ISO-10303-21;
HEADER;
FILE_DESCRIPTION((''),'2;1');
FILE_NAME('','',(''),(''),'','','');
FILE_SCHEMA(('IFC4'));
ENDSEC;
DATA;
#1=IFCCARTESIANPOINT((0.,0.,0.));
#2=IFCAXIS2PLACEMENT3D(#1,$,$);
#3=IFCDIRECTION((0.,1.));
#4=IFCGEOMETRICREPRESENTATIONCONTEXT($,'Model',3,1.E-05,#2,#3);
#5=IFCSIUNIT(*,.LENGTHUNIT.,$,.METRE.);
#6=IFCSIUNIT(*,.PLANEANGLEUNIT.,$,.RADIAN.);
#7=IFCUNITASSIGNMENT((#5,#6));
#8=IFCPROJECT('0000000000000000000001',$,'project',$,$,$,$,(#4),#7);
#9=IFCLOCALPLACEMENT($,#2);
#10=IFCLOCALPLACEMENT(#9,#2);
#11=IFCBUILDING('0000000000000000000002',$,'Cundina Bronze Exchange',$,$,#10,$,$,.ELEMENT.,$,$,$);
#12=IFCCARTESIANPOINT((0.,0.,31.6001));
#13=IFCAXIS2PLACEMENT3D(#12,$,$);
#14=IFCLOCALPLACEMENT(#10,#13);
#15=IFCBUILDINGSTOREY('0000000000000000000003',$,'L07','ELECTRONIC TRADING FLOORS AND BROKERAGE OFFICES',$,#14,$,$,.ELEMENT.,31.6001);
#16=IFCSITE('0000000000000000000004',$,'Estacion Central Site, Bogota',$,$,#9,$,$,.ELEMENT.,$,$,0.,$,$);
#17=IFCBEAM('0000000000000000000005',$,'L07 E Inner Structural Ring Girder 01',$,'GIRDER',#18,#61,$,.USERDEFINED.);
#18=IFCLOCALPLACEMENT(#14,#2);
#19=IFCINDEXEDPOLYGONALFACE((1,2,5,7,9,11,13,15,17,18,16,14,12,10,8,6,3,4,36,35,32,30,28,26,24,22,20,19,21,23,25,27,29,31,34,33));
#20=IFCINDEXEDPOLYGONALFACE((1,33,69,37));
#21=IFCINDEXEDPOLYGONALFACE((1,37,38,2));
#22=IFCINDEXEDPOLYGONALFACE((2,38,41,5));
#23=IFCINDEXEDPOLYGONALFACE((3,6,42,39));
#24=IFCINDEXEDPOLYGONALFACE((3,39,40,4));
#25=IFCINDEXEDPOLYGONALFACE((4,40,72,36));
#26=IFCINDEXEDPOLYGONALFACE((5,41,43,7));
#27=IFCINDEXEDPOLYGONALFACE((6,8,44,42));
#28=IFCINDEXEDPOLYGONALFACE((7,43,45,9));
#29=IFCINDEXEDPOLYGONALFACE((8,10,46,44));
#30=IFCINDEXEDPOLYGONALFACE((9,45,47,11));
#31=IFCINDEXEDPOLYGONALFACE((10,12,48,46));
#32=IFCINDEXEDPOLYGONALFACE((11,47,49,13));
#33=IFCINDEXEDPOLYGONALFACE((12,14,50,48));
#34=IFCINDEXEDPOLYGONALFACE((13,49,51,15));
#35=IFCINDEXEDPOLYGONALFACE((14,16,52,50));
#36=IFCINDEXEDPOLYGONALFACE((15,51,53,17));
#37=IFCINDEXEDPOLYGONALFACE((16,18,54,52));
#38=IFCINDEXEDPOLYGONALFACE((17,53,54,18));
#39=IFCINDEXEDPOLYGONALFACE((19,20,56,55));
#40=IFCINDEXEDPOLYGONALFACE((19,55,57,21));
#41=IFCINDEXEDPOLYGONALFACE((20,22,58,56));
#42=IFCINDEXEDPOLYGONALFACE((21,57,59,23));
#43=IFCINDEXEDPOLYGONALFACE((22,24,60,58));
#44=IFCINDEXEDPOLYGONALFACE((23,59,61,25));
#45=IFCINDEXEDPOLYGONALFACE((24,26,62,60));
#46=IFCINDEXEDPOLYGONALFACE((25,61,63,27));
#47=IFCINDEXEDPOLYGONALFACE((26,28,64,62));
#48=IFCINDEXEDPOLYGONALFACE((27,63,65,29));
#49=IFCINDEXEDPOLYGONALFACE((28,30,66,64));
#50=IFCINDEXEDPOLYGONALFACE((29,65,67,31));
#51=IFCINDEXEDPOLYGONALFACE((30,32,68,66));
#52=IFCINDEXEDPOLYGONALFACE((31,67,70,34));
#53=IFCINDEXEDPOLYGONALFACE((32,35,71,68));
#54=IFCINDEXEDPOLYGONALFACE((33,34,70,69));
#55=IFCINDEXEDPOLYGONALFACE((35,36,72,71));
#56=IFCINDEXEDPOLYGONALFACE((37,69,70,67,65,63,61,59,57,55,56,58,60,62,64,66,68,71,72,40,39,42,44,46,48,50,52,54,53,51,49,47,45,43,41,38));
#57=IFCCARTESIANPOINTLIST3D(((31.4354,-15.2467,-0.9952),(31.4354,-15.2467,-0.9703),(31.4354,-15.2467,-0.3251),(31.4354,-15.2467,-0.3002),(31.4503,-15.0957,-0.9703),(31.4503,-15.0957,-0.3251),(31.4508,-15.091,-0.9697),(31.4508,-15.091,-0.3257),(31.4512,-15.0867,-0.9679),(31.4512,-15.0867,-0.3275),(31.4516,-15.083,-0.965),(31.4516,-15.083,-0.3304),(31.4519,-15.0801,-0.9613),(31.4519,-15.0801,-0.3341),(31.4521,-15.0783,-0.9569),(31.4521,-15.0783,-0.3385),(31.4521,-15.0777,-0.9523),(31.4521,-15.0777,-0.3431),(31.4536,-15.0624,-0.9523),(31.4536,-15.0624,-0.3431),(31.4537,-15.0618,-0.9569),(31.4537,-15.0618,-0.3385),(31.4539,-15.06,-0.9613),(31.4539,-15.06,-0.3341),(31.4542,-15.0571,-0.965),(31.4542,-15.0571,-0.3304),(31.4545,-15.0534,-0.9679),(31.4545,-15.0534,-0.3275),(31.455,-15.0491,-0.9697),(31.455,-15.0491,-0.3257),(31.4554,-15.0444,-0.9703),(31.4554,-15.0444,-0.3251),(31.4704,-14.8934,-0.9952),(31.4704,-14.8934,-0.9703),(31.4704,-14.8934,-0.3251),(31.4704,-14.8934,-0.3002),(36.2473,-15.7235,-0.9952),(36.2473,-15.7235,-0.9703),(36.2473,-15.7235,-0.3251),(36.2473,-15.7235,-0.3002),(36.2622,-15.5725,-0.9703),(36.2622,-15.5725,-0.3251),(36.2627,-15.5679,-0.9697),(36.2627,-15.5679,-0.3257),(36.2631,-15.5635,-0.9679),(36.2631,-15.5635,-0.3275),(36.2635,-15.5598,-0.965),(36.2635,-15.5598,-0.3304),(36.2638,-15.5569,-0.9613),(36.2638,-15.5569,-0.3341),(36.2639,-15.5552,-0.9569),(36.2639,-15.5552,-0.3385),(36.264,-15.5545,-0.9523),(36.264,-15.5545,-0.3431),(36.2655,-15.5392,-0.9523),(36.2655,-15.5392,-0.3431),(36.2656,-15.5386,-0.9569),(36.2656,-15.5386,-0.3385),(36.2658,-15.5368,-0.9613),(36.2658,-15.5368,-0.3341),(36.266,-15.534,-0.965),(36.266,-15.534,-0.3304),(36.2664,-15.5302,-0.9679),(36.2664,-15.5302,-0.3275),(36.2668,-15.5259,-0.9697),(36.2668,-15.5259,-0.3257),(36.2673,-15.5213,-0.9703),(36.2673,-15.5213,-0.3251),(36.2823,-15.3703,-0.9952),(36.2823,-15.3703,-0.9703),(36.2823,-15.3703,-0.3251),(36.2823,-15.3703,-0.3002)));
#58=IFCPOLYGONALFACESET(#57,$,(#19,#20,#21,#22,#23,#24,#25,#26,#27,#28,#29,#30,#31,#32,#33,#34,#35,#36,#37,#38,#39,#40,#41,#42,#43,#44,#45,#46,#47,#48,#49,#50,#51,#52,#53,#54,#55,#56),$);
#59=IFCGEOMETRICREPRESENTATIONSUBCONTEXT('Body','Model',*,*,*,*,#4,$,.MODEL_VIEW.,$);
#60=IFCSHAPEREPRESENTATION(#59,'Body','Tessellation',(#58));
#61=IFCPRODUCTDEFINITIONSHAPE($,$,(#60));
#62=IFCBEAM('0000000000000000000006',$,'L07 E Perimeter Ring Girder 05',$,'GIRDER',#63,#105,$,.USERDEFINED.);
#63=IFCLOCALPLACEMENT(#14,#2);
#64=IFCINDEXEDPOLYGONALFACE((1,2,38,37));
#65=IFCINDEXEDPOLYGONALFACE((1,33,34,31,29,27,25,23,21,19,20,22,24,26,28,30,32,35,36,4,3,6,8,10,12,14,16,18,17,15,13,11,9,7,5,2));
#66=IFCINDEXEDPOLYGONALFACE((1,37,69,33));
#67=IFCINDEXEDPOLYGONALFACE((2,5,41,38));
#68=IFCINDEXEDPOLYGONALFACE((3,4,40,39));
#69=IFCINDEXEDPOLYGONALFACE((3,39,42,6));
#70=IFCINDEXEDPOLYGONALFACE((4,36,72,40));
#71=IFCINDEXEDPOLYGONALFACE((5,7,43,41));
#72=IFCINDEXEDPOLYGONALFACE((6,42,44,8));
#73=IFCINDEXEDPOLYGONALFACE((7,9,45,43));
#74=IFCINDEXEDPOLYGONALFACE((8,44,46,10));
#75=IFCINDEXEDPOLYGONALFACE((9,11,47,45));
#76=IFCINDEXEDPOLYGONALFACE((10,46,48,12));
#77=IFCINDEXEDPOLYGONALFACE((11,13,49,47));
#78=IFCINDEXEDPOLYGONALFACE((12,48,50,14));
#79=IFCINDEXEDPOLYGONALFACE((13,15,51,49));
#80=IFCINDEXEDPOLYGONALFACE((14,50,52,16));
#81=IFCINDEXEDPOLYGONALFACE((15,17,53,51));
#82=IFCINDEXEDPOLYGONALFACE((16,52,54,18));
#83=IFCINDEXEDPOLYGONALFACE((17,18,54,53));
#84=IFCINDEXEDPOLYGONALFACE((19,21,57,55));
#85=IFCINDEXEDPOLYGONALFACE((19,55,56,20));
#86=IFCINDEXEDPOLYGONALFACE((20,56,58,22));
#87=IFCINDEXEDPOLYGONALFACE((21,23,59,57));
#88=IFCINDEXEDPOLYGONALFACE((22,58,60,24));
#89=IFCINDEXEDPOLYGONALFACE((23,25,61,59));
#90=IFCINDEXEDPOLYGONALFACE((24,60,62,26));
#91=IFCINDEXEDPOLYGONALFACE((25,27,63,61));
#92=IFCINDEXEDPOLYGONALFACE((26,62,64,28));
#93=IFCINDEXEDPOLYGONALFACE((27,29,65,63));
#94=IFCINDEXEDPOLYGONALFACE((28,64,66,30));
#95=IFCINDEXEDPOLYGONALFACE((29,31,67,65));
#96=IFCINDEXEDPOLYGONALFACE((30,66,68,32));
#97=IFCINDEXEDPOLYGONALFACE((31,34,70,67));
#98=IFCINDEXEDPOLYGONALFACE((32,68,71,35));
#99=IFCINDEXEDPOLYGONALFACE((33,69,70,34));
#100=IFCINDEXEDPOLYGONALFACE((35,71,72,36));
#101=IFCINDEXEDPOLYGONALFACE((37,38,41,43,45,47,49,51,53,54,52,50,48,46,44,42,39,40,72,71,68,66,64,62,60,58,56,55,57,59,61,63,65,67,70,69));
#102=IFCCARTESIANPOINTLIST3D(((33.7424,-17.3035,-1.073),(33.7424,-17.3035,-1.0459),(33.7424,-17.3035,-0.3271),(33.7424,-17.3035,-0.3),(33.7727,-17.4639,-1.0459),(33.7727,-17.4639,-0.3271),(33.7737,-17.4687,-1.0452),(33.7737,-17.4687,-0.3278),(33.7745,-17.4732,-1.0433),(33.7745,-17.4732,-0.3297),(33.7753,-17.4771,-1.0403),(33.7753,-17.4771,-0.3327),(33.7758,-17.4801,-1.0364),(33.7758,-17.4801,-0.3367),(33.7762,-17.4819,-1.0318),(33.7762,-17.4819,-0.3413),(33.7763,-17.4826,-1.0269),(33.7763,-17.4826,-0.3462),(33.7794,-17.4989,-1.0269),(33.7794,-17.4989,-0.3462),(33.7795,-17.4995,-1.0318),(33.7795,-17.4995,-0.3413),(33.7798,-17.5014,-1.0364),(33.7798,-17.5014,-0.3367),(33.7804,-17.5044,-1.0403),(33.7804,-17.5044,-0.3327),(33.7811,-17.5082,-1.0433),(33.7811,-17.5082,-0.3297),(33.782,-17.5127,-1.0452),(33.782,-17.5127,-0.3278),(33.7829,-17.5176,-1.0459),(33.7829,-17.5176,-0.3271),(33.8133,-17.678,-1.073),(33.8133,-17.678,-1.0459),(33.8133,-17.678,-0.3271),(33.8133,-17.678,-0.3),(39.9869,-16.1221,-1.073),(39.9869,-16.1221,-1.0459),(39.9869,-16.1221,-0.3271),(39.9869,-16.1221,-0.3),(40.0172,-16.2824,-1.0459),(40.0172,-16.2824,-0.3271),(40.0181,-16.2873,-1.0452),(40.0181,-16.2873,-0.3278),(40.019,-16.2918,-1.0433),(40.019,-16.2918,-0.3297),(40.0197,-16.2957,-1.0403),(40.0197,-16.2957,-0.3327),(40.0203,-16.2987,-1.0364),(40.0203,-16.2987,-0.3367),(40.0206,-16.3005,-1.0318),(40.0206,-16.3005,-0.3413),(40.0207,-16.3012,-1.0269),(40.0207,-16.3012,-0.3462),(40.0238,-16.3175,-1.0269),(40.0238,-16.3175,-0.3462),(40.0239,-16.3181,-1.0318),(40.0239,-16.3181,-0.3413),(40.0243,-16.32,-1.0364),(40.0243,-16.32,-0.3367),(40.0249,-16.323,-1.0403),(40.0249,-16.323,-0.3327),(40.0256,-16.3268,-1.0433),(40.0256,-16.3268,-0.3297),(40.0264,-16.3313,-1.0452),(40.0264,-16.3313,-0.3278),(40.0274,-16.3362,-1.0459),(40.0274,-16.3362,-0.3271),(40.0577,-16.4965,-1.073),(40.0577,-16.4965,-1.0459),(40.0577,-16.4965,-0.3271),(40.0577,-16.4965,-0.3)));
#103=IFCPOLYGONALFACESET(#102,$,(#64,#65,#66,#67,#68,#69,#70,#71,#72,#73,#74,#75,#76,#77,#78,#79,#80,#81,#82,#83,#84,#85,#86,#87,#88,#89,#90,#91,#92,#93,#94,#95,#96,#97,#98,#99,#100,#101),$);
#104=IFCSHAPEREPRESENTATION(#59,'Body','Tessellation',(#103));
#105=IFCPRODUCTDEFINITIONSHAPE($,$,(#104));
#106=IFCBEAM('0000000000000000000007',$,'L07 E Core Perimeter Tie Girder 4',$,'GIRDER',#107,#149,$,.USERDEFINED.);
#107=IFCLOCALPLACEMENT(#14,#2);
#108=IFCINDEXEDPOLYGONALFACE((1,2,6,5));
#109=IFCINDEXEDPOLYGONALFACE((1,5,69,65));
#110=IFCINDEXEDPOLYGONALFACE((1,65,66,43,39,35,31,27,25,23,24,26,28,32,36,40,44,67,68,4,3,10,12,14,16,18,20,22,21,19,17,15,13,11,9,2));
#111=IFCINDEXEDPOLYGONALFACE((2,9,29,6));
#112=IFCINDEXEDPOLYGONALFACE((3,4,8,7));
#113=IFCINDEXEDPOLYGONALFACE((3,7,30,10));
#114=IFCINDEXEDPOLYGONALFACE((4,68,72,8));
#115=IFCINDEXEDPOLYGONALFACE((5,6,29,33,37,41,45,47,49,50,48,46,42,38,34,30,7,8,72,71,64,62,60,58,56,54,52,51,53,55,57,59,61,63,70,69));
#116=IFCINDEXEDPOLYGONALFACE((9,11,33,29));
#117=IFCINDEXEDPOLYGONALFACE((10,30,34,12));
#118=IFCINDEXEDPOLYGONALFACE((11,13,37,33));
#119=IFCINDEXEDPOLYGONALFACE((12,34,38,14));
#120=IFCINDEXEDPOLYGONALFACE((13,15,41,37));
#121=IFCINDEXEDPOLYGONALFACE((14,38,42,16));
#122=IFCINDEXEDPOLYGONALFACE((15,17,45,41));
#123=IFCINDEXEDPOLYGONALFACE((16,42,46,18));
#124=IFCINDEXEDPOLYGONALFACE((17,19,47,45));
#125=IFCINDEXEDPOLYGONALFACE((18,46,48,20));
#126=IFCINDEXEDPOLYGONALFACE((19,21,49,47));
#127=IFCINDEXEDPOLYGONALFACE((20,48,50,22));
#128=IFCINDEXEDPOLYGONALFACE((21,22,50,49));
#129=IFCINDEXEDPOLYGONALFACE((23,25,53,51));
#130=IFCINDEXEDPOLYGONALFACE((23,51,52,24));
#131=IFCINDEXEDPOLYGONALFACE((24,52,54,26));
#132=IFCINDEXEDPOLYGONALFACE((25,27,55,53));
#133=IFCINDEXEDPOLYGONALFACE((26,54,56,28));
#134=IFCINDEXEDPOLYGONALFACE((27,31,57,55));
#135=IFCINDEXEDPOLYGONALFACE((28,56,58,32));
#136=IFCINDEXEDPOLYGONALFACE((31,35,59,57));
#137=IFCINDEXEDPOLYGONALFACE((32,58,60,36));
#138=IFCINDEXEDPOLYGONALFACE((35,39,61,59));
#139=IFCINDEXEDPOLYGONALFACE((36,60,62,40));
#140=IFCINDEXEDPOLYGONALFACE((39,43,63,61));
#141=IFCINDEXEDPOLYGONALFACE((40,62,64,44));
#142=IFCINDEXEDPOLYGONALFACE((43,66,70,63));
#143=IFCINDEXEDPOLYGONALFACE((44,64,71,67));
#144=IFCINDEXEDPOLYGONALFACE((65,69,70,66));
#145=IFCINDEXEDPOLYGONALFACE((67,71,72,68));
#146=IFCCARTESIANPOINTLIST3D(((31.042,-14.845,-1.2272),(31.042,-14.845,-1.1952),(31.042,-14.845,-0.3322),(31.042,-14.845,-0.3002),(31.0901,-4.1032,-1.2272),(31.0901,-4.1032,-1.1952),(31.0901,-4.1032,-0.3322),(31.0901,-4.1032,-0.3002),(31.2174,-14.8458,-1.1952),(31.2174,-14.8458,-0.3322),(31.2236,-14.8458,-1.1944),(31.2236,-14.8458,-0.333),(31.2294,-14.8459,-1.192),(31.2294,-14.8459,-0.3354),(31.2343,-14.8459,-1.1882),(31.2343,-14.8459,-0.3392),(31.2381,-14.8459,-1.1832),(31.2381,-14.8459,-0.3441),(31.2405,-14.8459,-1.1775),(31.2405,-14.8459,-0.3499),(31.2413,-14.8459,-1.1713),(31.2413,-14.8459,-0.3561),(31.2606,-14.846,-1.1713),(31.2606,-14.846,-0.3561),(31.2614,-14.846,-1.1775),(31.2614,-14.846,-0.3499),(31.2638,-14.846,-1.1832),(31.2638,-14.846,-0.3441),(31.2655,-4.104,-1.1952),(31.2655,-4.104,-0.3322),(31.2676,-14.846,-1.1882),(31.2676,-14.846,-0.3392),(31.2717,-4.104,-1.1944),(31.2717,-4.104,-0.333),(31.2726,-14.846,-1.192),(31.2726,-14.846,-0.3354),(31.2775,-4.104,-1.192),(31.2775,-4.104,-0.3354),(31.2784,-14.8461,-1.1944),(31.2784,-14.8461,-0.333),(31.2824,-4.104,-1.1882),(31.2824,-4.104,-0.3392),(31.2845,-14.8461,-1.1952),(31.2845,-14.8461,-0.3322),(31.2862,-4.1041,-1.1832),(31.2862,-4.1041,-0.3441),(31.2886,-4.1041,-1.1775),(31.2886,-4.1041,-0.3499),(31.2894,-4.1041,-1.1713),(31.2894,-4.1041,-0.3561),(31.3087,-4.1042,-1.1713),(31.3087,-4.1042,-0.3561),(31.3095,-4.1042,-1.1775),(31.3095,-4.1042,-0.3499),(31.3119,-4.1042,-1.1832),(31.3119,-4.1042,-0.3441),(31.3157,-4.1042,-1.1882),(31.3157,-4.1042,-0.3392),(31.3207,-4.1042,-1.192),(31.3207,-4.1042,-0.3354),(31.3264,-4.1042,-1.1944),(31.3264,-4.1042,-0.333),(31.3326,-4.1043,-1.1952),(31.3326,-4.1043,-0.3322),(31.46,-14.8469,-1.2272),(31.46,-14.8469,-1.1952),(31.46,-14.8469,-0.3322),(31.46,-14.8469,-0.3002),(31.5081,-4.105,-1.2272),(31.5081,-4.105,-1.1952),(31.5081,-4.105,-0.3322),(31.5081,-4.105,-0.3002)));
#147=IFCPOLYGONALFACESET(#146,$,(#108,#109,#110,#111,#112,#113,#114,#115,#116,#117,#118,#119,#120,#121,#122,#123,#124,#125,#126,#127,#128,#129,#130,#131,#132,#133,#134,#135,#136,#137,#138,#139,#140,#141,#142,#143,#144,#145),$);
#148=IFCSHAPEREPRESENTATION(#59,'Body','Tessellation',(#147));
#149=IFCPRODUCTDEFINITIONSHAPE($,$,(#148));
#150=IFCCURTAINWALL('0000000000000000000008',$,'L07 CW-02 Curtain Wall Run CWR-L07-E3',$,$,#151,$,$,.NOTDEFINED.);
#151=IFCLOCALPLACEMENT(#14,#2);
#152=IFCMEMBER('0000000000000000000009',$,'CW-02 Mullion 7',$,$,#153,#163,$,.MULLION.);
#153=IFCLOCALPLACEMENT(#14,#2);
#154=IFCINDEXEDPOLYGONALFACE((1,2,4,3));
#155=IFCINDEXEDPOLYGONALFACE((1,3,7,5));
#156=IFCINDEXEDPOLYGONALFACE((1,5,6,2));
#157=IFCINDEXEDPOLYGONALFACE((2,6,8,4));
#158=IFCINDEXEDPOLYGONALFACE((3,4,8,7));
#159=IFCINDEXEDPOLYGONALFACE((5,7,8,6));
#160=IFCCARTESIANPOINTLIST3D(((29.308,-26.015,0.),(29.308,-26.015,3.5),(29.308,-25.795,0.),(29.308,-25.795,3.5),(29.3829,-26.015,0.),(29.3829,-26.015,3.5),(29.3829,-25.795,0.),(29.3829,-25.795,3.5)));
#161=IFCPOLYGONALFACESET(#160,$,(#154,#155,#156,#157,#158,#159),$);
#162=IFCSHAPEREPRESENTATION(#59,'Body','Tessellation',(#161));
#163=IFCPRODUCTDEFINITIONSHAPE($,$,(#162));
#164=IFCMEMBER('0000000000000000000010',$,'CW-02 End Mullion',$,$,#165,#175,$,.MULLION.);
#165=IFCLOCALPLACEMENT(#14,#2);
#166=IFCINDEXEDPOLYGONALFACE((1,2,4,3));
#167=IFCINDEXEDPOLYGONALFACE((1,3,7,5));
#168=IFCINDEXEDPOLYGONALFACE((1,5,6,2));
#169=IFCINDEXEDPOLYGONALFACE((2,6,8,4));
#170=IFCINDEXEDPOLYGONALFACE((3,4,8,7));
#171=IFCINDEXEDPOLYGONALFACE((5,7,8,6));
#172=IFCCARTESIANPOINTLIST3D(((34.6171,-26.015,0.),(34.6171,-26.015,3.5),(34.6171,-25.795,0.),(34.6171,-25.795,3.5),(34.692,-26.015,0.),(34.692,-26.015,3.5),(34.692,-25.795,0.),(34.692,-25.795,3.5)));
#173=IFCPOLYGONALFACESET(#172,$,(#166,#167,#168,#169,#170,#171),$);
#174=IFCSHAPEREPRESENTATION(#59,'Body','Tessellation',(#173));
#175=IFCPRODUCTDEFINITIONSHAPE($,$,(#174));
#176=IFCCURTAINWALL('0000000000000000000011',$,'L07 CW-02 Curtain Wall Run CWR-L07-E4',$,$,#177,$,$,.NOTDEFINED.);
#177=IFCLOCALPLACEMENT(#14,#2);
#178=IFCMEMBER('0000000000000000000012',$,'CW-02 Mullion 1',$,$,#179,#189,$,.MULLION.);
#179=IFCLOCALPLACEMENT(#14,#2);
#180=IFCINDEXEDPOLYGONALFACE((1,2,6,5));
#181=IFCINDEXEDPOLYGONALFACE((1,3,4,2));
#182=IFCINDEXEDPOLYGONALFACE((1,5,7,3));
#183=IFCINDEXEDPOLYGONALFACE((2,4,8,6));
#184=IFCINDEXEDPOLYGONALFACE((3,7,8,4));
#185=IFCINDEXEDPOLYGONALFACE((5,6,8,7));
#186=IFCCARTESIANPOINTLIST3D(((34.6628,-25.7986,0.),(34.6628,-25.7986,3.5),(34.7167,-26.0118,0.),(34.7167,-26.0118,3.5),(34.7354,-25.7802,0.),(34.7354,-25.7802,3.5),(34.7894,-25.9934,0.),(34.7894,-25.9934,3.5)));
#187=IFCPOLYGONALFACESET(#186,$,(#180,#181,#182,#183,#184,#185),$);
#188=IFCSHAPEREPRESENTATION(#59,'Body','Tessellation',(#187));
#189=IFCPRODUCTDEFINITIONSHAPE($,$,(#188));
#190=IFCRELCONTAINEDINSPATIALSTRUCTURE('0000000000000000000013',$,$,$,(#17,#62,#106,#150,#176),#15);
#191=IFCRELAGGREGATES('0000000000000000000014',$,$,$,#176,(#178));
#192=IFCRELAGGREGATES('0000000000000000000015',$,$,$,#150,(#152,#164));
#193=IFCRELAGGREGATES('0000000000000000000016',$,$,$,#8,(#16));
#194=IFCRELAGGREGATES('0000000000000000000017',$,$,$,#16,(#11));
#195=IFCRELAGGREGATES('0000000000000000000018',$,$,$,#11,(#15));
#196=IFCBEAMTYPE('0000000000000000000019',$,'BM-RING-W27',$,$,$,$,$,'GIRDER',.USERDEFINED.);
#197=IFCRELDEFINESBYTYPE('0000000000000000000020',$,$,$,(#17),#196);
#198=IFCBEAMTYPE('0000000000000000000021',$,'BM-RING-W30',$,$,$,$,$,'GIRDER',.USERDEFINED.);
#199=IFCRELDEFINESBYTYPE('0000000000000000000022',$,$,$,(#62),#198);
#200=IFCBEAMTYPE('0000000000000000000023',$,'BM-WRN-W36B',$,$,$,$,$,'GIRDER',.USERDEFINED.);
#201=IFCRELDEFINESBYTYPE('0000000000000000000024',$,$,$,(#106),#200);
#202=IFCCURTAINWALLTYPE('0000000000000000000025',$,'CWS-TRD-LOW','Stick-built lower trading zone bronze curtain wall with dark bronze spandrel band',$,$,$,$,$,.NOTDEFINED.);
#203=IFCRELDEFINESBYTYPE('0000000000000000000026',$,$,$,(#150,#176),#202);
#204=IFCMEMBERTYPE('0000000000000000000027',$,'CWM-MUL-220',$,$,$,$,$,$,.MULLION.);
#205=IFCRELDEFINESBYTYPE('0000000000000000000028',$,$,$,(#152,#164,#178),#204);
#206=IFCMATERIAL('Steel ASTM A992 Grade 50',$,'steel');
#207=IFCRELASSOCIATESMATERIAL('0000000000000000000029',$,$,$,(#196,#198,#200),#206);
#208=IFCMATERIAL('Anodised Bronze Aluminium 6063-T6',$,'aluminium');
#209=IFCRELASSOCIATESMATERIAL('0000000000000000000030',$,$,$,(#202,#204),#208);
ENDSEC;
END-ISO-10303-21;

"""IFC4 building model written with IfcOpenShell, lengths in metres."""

from ifc_helpers import new_model, si_unit, direction, frame, origin, origin_2d, place, context, subcontext, project, spatial, rectangle, i_section, extrude, material, material_profile, profile_set, type_object, element, aggregate, save


model = new_model("IFC4")

# Units and contexts
model_context = context("Model", 3, precision=1e-05, world=origin(), true_north=direction((0.0, 1.0)))
body_context = subcontext(model_context, "Body", "Model", "MODEL_VIEW")
ifc_project = project(units=[si_unit("LENGTHUNIT", "METRE"), si_unit("PLANEANGLEUNIT", "RADIAN")], contexts=[model_context])

# Site, building, storey
site_placement = place(None, origin())
site = spatial("IfcSite", under=ifc_project, at=site_placement, Name="Estacion Central Site, Bogota", CompositionType="ELEMENT", RefElevation=0.0)
building_placement = place(site_placement, origin())
building = spatial("IfcBuilding", under=site, at=building_placement, Name="Cundina Bronze Exchange", CompositionType="ELEMENT")
storey_placement = place(building_placement, frame((0.0, 0.0, 31.6001)))
storey = spatial("IfcBuildingStorey", under=building, at=storey_placement, Name="L07", Description="ELECTRONIC TRADING FLOORS AND BROKERAGE OFFICES", CompositionType="ELEMENT", Elevation=31.6001)

# Shared definitions
ifc_material_1 = material(Name="Steel ASTM A992 Grade 50", Category="steel")

# Beams
ifc_material_profile_1 = material_profile(ifc_material_1, i_section(OverallWidth=0.355, OverallDepth=0.6951, WebThickness=0.0154, FlangeThickness=0.0249, FilletRadius=0.0181, at=origin_2d()), Name="W27X146", Category="steel")
ifc_profile_set_1 = profile_set([ifc_material_profile_1], Name="Steel ASTM A992 Grade 50")
beam_type_1 = type_object("IfcBeamType", Name="BM-RING-W27", ElementType="GIRDER", PredefinedType="USERDEFINED", material=ifc_profile_set_1)
beam_1_placement = place(storey_placement, frame((31.4529, -15.0701, -0.6477), z_axis=(0.995126, -0.098609, 0.0), x_axis=(0.098609, 0.995126, 0.0)))
element("IfcBeam", 1, at=beam_1_placement, inside=storey, type_object=beam_type_1, Name="L07 E Inner Structural Ring Girder 01", ObjectType="GIRDER", PredefinedType="USERDEFINED", context=body_context, shape_type="SweptSolid", body=[
    extrude(i_section(OverallWidth=0.355, OverallDepth=0.6951, WebThickness=0.0154, FlangeThickness=0.0249, FilletRadius=0.0181, at=origin_2d()), origin(), (0.0, 0.0, 1.0), 4.8354),
])
ifc_material_profile_2 = material_profile(ifc_material_1, i_section(OverallWidth=0.3811, OverallDepth=0.7729, WebThickness=0.0166, FlangeThickness=0.0271, FilletRadius=0.019, at=origin_2d()), Name="W30X173", Category="steel")
ifc_profile_set_2 = profile_set([ifc_material_profile_2], Name="Steel ASTM A992 Grade 50")
beam_type_2 = type_object("IfcBeamType", Name="BM-RING-W30", ElementType="GIRDER", PredefinedType="USERDEFINED", material=ifc_profile_set_2)
beam_2_placement = place(storey_placement, frame((33.7778, -17.4907, -0.6865), z_axis=(0.982569, 0.185896, 0.0), x_axis=(-0.185896, 0.982569, 0.0)))
element("IfcBeam", 2, at=beam_2_placement, inside=storey, type_object=beam_type_2, Name="L07 E Perimeter Ring Girder 05", ObjectType="GIRDER", PredefinedType="USERDEFINED", context=body_context, shape_type="SweptSolid", body=[
    extrude(i_section(OverallWidth=0.3811, OverallDepth=0.7729, WebThickness=0.0166, FlangeThickness=0.0271, FilletRadius=0.019, at=origin_2d()), origin(), (0.0, 0.0, 1.0), 6.3552),
])
ifc_material_profile_3 = material_profile(ifc_material_1, i_section(OverallWidth=0.418, OverallDepth=0.927, WebThickness=0.0193, FlangeThickness=0.032, FilletRadius=0.0239, at=origin_2d()), Name="W36X231", Category="steel")
ifc_profile_set_3 = profile_set([ifc_material_profile_3], Name="Steel ASTM A992 Grade 50")
beam_type_3 = type_object("IfcBeamType", Name="BM-WRN-W36B", ElementType="GIRDER", PredefinedType="USERDEFINED", material=ifc_profile_set_3)
beam_3_placement = place(storey_placement, frame((31.251, -14.8459, -0.7637), z_axis=(0.004477, 0.99999, 0.0), x_axis=(-0.99999, 0.004477, 0.0)))
element("IfcBeam", 3, at=beam_3_placement, inside=storey, type_object=beam_type_3, Name="L07 E Core Perimeter Tie Girder 4", ObjectType="GIRDER", PredefinedType="USERDEFINED", context=body_context, shape_type="SweptSolid", body=[
    extrude(i_section(OverallWidth=0.418, OverallDepth=0.927, WebThickness=0.0193, FlangeThickness=0.032, FilletRadius=0.0239, at=origin_2d()), origin(), (0.0, 0.0, 1.0), 10.7419),
])

# Curtain wall, members
ifc_material_2 = material(Name="Anodised Bronze Aluminium 6063-T6", Category="aluminium")
curtain_wall_type = type_object("IfcCurtainWallType", Name="CWS-TRD-LOW", Description="Stick-built lower trading zone bronze curtain wall with dark bronze spandrel band", PredefinedType="NOTDEFINED", material=ifc_material_2)
curtain_wall_1_placement = place(storey_placement, origin())
curtain_wall_1 = element("IfcCurtainWall", 4, at=curtain_wall_1_placement, inside=storey, type_object=curtain_wall_type, Name="L07 CW-02 Curtain Wall Run CWR-L07-E3", PredefinedType="NOTDEFINED")
ifc_material_profile_4 = material_profile(ifc_material_2, rectangle(XDim=0.075, YDim=0.22, at=origin_2d()), Name="AL75X220", Category="aluminium")
ifc_profile_set_4 = profile_set([ifc_material_profile_4], Name="Anodised Bronze Aluminium 6063-T6")
member_type_1 = type_object("IfcMemberType", Name="CWM-MUL-220", PredefinedType="MULLION", material=ifc_profile_set_4)
member_1_placement = place(storey_placement, frame((29.3455, -25.905, 0.0), z_axis=(0.0, 0.0, 1.0), x_axis=(1.0, 0.0, 0.0)))
member_1 = element("IfcMember", 5, at=member_1_placement, type_object=member_type_1, Name="CW-02 Mullion 7", PredefinedType="MULLION", context=body_context, shape_type="SweptSolid", body=[
    extrude(rectangle(XDim=0.075, YDim=0.22, at=origin_2d()), origin(), (0.0, 0.0, 1.0), 3.5),
])
member_2_placement = place(storey_placement, frame((34.6545, -25.905, 0.0), z_axis=(0.0, 0.0, 1.0), x_axis=(1.0, 0.0, 0.0)))
member_2 = element("IfcMember", 6, at=member_2_placement, type_object=member_type_1, Name="CW-02 End Mullion", PredefinedType="MULLION", context=body_context, shape_type="SweptSolid", body=[
    extrude(rectangle(XDim=0.075, YDim=0.22, at=origin_2d()), origin(), (0.0, 0.0, 1.0), 3.5),
])

# Curtain wall, member
curtain_wall_2_placement = place(storey_placement, origin())
curtain_wall_2 = element("IfcCurtainWall", 7, at=curtain_wall_2_placement, inside=storey, type_object=curtain_wall_type, Name="L07 CW-02 Curtain Wall Run CWR-L07-E4", PredefinedType="NOTDEFINED")
member_3_placement = place(storey_placement, frame((34.7261, -25.896, 0.0), z_axis=(0.0, 0.0, 1.0), x_axis=(0.969488, 0.245138, 0.0)))
member_3 = element("IfcMember", 8, at=member_3_placement, type_object=member_type_1, Name="CW-02 Mullion 1", PredefinedType="MULLION", context=body_context, shape_type="SweptSolid", body=[
    extrude(rectangle(XDim=0.075, YDim=0.22, at=origin_2d()), origin(), (0.0, 0.0, 1.0), 3.5),
])
aggregate(curtain_wall_2, [member_3])

aggregate(curtain_wall_1, [member_1, member_2])

save(model, "model.ifc")
